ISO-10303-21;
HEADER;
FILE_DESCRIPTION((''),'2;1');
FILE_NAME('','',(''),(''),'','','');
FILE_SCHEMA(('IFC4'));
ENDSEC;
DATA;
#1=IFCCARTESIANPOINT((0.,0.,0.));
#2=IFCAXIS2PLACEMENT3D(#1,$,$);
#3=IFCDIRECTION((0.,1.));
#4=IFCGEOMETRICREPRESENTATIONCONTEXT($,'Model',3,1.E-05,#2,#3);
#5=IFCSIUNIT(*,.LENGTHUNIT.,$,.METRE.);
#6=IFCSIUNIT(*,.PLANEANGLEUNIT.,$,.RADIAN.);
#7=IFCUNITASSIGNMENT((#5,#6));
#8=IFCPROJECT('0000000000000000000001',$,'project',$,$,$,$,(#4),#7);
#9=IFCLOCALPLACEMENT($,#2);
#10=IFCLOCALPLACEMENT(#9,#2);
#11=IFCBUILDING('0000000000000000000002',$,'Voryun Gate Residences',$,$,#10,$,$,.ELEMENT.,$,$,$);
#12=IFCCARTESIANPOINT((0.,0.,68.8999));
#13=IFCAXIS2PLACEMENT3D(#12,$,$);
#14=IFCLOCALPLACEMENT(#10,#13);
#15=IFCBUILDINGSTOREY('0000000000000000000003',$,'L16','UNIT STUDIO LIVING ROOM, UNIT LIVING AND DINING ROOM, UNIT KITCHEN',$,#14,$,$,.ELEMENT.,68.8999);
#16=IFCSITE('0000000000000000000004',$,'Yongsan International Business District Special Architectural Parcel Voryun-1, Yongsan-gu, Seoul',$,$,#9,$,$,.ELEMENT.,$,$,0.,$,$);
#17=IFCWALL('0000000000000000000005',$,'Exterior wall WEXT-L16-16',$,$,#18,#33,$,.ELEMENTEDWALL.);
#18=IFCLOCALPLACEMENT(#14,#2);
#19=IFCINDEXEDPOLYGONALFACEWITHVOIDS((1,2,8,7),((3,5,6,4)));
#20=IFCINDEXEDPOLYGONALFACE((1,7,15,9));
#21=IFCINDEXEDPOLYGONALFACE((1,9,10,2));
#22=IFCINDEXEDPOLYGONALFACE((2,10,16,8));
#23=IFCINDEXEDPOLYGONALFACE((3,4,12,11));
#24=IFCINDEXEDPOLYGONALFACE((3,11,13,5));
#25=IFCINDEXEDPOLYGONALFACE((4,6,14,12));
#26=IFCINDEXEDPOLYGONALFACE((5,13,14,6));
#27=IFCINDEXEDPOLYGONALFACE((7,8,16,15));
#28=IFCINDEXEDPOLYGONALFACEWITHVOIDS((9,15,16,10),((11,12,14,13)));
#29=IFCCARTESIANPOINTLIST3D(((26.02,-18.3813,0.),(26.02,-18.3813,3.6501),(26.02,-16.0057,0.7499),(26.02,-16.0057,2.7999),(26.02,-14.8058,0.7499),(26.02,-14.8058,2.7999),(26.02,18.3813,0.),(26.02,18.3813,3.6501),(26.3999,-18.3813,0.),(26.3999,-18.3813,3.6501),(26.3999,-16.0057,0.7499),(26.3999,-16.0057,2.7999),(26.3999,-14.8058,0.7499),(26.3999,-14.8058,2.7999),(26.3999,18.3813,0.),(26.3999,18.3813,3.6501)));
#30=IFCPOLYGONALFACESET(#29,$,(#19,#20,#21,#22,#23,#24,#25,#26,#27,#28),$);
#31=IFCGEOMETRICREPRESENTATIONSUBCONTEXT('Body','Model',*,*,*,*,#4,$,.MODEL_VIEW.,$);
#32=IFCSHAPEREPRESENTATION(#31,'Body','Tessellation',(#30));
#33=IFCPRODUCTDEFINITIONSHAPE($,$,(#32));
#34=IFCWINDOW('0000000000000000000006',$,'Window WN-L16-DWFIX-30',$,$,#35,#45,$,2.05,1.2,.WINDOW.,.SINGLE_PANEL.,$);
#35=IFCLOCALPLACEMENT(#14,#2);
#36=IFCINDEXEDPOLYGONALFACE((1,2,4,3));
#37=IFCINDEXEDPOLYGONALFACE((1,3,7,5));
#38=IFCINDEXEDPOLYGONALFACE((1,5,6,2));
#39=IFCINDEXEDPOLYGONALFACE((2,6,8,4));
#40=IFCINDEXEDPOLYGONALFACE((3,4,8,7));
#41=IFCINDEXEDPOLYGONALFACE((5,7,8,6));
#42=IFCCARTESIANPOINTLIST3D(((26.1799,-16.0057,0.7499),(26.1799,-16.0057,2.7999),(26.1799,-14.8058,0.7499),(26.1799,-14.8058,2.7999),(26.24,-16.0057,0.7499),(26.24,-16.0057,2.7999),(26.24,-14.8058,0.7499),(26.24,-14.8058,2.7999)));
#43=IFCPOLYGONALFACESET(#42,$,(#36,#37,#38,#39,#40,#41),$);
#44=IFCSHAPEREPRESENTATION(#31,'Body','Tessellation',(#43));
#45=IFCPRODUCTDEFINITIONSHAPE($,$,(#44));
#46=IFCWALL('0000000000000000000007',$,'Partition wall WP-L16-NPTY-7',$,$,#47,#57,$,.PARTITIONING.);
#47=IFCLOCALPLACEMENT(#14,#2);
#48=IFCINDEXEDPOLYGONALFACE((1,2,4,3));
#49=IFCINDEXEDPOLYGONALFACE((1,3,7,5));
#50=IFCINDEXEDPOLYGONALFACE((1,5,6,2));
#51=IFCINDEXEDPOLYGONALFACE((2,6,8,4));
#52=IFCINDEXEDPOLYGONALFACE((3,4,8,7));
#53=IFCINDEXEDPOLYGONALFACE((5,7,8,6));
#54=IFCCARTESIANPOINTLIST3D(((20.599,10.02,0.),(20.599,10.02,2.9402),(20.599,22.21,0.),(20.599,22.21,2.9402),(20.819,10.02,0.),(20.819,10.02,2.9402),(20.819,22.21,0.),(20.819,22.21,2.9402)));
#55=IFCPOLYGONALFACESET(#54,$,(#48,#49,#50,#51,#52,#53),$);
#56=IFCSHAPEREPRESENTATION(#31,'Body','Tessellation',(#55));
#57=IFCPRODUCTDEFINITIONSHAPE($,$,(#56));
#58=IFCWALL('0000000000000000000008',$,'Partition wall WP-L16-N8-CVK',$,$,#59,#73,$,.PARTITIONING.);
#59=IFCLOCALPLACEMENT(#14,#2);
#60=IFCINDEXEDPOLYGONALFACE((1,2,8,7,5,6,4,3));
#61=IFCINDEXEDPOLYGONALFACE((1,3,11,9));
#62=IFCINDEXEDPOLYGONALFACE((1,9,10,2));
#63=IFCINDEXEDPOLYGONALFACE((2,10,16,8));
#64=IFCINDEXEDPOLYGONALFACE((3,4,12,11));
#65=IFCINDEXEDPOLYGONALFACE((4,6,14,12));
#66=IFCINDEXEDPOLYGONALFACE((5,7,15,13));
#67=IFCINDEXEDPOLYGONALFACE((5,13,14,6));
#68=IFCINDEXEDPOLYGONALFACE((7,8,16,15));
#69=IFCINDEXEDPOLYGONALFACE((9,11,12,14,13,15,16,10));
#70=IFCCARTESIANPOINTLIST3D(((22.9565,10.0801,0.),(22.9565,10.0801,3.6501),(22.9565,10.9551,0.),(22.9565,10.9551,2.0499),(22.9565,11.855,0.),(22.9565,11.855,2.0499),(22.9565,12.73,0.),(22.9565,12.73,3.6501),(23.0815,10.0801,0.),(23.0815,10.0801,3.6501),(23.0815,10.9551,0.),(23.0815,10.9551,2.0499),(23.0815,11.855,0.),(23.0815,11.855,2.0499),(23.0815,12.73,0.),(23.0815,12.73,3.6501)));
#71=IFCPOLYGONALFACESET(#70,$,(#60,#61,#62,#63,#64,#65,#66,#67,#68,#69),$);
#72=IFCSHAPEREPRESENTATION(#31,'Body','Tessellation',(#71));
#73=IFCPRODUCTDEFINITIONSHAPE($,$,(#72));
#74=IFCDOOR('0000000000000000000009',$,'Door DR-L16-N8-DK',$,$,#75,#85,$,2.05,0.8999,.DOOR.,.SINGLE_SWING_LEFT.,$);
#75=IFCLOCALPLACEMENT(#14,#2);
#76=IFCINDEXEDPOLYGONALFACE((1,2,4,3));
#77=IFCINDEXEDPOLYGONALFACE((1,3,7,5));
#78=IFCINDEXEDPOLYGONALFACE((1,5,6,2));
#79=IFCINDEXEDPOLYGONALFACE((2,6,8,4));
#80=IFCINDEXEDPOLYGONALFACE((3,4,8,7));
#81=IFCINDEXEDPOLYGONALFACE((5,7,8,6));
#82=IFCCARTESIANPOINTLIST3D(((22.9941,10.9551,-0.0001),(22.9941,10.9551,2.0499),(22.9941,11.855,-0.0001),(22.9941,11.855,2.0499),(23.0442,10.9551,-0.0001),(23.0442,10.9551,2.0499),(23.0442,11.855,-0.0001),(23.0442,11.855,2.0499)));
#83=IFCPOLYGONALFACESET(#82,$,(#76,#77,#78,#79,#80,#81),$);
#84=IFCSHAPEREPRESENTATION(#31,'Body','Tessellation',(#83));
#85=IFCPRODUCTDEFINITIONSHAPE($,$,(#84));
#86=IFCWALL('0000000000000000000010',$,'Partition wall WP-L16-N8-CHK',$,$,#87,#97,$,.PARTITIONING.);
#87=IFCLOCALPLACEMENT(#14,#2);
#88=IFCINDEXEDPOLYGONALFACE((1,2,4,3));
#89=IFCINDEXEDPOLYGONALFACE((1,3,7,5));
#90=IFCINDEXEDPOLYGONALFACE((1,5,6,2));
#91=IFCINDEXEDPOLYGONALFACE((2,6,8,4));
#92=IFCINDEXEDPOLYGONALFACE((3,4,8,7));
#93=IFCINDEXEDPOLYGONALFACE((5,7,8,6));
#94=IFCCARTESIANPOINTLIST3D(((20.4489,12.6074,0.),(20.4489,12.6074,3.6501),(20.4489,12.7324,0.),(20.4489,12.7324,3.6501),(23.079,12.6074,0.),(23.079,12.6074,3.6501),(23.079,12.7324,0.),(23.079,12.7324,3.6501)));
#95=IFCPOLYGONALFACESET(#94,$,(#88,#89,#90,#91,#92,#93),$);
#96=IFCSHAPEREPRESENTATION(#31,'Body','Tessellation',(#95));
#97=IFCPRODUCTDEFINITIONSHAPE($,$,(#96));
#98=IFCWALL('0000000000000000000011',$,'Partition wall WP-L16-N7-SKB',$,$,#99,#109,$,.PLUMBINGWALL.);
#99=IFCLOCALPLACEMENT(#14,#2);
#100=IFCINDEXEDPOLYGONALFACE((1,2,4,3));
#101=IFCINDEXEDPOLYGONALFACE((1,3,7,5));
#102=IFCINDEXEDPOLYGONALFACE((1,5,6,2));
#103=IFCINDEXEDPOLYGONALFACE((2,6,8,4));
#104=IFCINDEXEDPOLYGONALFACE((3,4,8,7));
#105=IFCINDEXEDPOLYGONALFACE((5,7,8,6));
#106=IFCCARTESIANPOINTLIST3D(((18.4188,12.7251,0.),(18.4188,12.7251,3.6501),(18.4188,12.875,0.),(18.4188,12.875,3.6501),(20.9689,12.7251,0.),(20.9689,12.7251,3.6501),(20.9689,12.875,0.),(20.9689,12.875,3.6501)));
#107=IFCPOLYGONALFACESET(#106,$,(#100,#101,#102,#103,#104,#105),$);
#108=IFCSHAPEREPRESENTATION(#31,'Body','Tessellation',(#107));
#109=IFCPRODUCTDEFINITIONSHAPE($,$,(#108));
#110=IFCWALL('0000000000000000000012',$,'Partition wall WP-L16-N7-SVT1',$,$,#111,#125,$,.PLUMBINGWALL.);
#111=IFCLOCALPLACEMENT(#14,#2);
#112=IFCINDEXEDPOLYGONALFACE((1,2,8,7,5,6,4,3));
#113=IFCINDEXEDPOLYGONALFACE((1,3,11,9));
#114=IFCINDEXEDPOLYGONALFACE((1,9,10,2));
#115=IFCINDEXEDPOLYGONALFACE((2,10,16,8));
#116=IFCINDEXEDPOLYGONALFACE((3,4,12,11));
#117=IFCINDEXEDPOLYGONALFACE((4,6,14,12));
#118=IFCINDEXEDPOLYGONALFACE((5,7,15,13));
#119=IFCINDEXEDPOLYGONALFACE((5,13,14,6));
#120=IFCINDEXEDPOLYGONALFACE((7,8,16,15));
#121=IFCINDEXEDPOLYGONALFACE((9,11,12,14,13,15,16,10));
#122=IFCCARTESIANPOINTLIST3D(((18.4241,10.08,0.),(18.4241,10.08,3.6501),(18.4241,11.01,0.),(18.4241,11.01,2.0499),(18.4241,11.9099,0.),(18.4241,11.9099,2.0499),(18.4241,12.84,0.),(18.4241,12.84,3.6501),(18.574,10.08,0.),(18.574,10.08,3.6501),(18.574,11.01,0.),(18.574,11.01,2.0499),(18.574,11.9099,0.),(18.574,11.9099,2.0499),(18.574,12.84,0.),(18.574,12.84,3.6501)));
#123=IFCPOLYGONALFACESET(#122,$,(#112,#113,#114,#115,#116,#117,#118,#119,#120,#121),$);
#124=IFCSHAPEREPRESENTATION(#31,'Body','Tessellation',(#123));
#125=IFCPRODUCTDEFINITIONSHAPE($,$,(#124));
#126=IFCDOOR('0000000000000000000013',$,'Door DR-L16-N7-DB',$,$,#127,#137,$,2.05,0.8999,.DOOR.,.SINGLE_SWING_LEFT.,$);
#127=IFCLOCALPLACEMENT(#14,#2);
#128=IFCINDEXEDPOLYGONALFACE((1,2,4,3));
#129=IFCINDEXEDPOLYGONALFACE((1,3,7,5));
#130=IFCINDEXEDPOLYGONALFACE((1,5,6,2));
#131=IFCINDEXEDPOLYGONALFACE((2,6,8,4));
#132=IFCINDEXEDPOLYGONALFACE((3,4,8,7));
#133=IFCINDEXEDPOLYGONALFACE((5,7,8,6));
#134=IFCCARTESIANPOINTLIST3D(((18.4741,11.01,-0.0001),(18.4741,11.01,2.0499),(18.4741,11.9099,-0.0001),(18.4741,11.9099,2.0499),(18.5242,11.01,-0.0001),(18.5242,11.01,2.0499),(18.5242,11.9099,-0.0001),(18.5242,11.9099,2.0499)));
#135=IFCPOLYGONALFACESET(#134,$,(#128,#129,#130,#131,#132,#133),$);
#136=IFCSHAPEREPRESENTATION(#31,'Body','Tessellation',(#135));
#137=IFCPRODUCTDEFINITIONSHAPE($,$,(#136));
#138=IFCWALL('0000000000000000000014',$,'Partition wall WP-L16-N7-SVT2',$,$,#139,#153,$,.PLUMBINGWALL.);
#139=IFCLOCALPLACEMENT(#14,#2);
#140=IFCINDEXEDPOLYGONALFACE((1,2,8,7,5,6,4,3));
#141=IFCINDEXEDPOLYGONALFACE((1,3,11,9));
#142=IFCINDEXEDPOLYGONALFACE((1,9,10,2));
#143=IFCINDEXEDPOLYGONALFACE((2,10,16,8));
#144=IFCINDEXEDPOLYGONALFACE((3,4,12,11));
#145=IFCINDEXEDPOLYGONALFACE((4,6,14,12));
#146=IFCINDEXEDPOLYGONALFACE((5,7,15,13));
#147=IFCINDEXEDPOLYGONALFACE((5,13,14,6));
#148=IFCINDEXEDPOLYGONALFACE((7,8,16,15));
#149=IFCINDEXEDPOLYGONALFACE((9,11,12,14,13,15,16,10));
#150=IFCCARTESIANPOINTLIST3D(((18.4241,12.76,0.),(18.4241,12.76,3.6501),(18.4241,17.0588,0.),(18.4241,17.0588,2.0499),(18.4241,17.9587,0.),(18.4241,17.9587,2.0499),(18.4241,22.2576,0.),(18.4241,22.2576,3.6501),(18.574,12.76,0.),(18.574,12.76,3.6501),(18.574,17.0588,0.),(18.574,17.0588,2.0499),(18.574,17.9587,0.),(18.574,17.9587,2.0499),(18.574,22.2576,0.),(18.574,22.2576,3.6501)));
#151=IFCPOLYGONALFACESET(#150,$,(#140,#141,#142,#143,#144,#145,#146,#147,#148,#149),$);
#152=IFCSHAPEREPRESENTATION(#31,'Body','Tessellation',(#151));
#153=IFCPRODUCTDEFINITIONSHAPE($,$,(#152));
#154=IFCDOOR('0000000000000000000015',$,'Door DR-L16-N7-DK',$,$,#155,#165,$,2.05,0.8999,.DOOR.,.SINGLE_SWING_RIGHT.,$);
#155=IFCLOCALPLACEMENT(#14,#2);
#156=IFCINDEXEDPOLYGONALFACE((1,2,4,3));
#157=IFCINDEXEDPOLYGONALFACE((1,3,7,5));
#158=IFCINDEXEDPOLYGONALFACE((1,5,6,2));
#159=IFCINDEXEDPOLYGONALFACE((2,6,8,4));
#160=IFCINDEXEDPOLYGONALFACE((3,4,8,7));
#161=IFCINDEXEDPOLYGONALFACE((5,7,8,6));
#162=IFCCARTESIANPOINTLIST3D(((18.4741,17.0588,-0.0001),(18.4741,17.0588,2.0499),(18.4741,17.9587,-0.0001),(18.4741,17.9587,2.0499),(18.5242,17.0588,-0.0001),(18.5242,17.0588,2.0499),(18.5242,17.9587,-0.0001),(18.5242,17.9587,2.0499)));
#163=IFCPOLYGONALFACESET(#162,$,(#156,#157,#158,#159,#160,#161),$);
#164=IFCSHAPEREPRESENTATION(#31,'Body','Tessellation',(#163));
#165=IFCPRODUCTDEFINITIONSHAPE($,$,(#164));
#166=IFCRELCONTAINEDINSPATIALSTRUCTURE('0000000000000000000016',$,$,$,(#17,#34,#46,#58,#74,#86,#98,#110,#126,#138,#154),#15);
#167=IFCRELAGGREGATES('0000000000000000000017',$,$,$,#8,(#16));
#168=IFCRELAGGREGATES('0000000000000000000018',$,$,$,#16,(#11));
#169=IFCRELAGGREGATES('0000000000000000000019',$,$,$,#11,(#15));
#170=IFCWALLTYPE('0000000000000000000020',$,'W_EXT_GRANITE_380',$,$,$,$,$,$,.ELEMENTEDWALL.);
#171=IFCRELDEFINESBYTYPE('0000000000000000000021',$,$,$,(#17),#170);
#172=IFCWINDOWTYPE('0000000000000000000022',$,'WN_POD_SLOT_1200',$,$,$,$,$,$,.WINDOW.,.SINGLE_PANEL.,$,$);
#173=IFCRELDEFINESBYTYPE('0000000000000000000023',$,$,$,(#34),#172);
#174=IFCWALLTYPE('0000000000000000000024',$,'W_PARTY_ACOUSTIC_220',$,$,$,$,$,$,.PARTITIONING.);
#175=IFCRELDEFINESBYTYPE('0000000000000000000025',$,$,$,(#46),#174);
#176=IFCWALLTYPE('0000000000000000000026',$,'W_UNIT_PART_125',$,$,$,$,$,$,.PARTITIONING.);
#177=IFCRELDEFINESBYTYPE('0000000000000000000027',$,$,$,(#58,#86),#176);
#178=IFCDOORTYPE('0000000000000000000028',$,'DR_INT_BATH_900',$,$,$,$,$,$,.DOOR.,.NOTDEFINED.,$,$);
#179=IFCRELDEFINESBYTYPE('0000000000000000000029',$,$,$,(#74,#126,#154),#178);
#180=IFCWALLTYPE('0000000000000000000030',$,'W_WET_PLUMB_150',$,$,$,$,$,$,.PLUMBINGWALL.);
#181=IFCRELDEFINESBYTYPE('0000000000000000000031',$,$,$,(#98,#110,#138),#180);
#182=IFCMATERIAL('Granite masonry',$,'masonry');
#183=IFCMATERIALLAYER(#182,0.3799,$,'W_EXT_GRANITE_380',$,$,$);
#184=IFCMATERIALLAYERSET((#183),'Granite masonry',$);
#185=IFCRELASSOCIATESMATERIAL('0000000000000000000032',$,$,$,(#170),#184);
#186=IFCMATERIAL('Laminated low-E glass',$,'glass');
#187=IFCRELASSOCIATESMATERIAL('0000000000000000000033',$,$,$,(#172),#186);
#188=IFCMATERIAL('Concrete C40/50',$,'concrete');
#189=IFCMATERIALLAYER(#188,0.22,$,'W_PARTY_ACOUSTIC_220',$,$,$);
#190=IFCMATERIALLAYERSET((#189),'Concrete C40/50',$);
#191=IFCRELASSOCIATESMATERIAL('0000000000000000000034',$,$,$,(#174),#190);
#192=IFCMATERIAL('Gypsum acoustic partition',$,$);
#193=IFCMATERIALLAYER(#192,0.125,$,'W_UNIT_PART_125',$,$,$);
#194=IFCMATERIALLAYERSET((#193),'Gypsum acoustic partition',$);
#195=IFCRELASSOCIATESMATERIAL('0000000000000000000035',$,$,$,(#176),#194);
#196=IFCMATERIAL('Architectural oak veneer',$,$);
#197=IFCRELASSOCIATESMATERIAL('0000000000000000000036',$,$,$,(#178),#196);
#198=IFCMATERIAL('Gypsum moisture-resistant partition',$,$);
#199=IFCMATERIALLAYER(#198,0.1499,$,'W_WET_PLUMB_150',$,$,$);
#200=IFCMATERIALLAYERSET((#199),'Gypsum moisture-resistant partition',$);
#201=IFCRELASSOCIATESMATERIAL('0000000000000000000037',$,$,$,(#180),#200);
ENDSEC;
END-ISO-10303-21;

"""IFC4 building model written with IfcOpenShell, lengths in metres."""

from ifc_helpers import new_model, si_unit, direction, frame, frame_2d, origin, place, context, subcontext, project, spatial, rectangle, extrude, material, layer, layer_set, type_object, element, fill, save


model = new_model("IFC4")

# Units and contexts
model_context = context("Model", 3, precision=1e-05, world=origin(), true_north=direction((0.0, 1.0)))
body_context = subcontext(model_context, "Body", "Model", "MODEL_VIEW")
ifc_project = project(units=[si_unit("LENGTHUNIT", "METRE"), si_unit("PLANEANGLEUNIT", "RADIAN")], contexts=[model_context])

# Site, building, storey
site_placement = place(None, origin())
site = spatial("IfcSite", under=ifc_project, at=site_placement, Name="Yongsan International Business District Special Architectural Parcel Voryun-1, Yongsan-gu, Seoul", CompositionType="ELEMENT", RefElevation=0.0)
building_placement = place(site_placement, origin())
building = spatial("IfcBuilding", under=site, at=building_placement, Name="Voryun Gate Residences", CompositionType="ELEMENT")
storey_placement = place(building_placement, frame((0.0, 0.0, 68.8999)))
storey = spatial("IfcBuildingStorey", under=building, at=storey_placement, Name="L16", Description="UNIT STUDIO LIVING ROOM, UNIT LIVING AND DINING ROOM, UNIT KITCHEN", CompositionType="ELEMENT", Elevation=68.8999)

# Shared definitions
ifc_material_1 = material(Name="Granite masonry", Category="masonry")
ifc_layer_1 = layer(ifc_material_1, 0.3799, Name="W_EXT_GRANITE_380")
ifc_layer_set_1 = layer_set([ifc_layer_1], Name="Granite masonry")
wall_type_1 = type_object("IfcWallType", Name="W_EXT_GRANITE_380", PredefinedType="ELEMENTEDWALL", material=ifc_layer_set_1)

# Wall, opening, window
wall_1_placement = place(storey_placement, frame((26.21, 18.3813, 0.0), z_axis=(0.0, 0.0, 1.0), x_axis=(0.0, -1.0, 0.0)))
wall_1 = element("IfcWall", 1, at=wall_1_placement, inside=storey, type_object=wall_type_1, Name="Exterior wall WEXT-L16-16", PredefinedType="ELEMENTEDWALL", context=body_context, shape_type="SweptSolid", body=[
    extrude(rectangle(XDim=36.7627, YDim=0.3799, at=frame_2d((18.3813, 0.0))), origin(), (0.0, 0.0, 1.0), 3.6501),
])
opening_1_placement = place(wall_1_placement, frame((33.187, 0.0, 0.75)))
opening_1 = element("IfcOpeningElement", 2, at=opening_1_placement, cuts=wall_1, PredefinedType="OPENING", context=body_context, shape_type="SweptSolid", body=[
    extrude(rectangle(XDim=1.2, YDim=2.05, at=frame_2d((0.6001, 1.0249))), frame((0.0, 0.2, 0.0), z_axis=(0.0, -1.0, 0.0), x_axis=(1.0, 0.0, 0.0)), (0.0, 0.0, 1.0), 0.3999),
])
ifc_material_2 = material(Name="Laminated low-E glass", Category="glass")
window_type = type_object("IfcWindowType", Name="WN_POD_SLOT_1200", PartitioningType="SINGLE_PANEL", PredefinedType="WINDOW", material=ifc_material_2)
window_placement = place(opening_1_placement, origin())
window = element("IfcWindow", 3, at=window_placement, inside=storey, type_object=window_type, Name="Window WN-L16-DWFIX-30", OverallHeight=2.05, OverallWidth=1.2, PartitioningType="SINGLE_PANEL", PredefinedType="WINDOW", context=body_context, shape_type="SweptSolid", body=[
    extrude(rectangle(XDim=1.2, YDim=2.05, at=frame_2d((0.6001, 1.0249))), frame((0.0, 0.03, 0.0), z_axis=(0.0, -1.0, 0.0), x_axis=(1.0, 0.0, 0.0)), (0.0, 0.0, 1.0), 0.0601),
])
fill(opening_1, window)

# Wall
ifc_material_3 = material(Name="Concrete C40/50", Category="concrete")
ifc_layer_2 = layer(ifc_material_3, 0.22, Name="W_PARTY_ACOUSTIC_220")
ifc_layer_set_2 = layer_set([ifc_layer_2], Name="Concrete C40/50")
wall_type_2 = type_object("IfcWallType", Name="W_PARTY_ACOUSTIC_220", PredefinedType="PARTITIONING", material=ifc_layer_set_2)
wall_2_placement = place(storey_placement, frame((20.709, 10.02, 0.0), z_axis=(0.0, 0.0, 1.0), x_axis=(0.0, 1.0, 0.0)))
element("IfcWall", 4, at=wall_2_placement, inside=storey, type_object=wall_type_2, Name="Partition wall WP-L16-NPTY-7", PredefinedType="PARTITIONING", context=body_context, shape_type="SweptSolid", body=[
    extrude(rectangle(XDim=12.1899, YDim=0.22, at=frame_2d((6.095, 0.0))), origin(), (0.0, 0.0, 1.0), 2.9402),
])

# Wall, opening, door
ifc_material_4 = material(Name="Gypsum acoustic partition")
ifc_layer_3 = layer(ifc_material_4, 0.125, Name="W_UNIT_PART_125")
ifc_layer_set_3 = layer_set([ifc_layer_3], Name="Gypsum acoustic partition")
wall_type_3 = type_object("IfcWallType", Name="W_UNIT_PART_125", PredefinedType="PARTITIONING", material=ifc_layer_set_3)
wall_3_placement = place(storey_placement, frame((23.019, 10.0801, 0.0), z_axis=(0.0, 0.0, 1.0), x_axis=(0.0, 1.0, 0.0)))
wall_3 = element("IfcWall", 5, at=wall_3_placement, inside=storey, type_object=wall_type_3, Name="Partition wall WP-L16-N8-CVK", PredefinedType="PARTITIONING", context=body_context, shape_type="SweptSolid", body=[
    extrude(rectangle(XDim=2.6499, YDim=0.125, at=frame_2d((1.325, 0.0))), origin(), (0.0, 0.0, 1.0), 3.6501),
])
opening_2_placement = place(wall_3_placement, frame((0.875, 0.0, 0.0)))
opening_2 = element("IfcOpeningElement", 6, at=opening_2_placement, cuts=wall_3, PredefinedType="OPENING", context=body_context, shape_type="SweptSolid", body=[
    extrude(rectangle(XDim=0.8999, YDim=2.05, at=frame_2d((0.45, 1.0249))), frame((0.0, 0.0725, 0.0), z_axis=(0.0, -1.0, 0.0), x_axis=(1.0, 0.0, 0.0)), (0.0, 0.0, 1.0), 0.145),
])
ifc_material_5 = material(Name="Architectural oak veneer")
door_type = type_object("IfcDoorType", Name="DR_INT_BATH_900", OperationType="NOTDEFINED", PredefinedType="DOOR", material=ifc_material_5)
door_1_placement = place(opening_2_placement, origin())
door_1 = element("IfcDoor", 7, at=door_1_placement, inside=storey, type_object=door_type, Name="Door DR-L16-N8-DK", OperationType="SINGLE_SWING_LEFT", OverallHeight=2.05, OverallWidth=0.8999, PredefinedType="DOOR", context=body_context, shape_type="SweptSolid", body=[
    extrude(rectangle(XDim=0.8999, YDim=2.05, at=frame_2d((0.45, 1.0249))), frame((0.0, 0.0249, 0.0), z_axis=(0.0, -1.0, 0.0), x_axis=(1.0, 0.0, 0.0)), (0.0, 0.0, 1.0), 0.05),
])
fill(opening_2, door_1)

# Walls
wall_4_placement = place(storey_placement, frame((20.449, 12.6699, 0.0), z_axis=(0.0, 0.0, 1.0), x_axis=(1.0, 0.0, 0.0)))
element("IfcWall", 8, at=wall_4_placement, inside=storey, type_object=wall_type_3, Name="Partition wall WP-L16-N8-CHK", PredefinedType="PARTITIONING", context=body_context, shape_type="SweptSolid", body=[
    extrude(rectangle(XDim=2.6301, YDim=0.125, at=frame_2d((1.3149, 0.0))), origin(), (0.0, 0.0, 1.0), 3.6501),
])
ifc_material_6 = material(Name="Gypsum moisture-resistant partition")
ifc_layer_4 = layer(ifc_material_6, 0.1499, Name="W_WET_PLUMB_150")
ifc_layer_set_4 = layer_set([ifc_layer_4], Name="Gypsum moisture-resistant partition")
wall_type_4 = type_object("IfcWallType", Name="W_WET_PLUMB_150", PredefinedType="PLUMBINGWALL", material=ifc_layer_set_4)
wall_5_placement = place(storey_placement, frame((18.4189, 12.8, 0.0), z_axis=(0.0, 0.0, 1.0), x_axis=(1.0, 0.0, 0.0)))
element("IfcWall", 9, at=wall_5_placement, inside=storey, type_object=wall_type_4, Name="Partition wall WP-L16-N7-SKB", PredefinedType="PLUMBINGWALL", context=body_context, shape_type="SweptSolid", body=[
    extrude(rectangle(XDim=2.55, YDim=0.1499, at=frame_2d((1.2749, 0.0))), origin(), (0.0, 0.0, 1.0), 3.6501),
])

# Walls, openings, doors
wall_6_placement = place(storey_placement, frame((18.499, 10.0801, 0.0), z_axis=(0.0, 0.0, 1.0), x_axis=(0.0, 1.0, 0.0)))
wall_6 = element("IfcWall", 10, at=wall_6_placement, inside=storey, type_object=wall_type_4, Name="Partition wall WP-L16-N7-SVT1", PredefinedType="PLUMBINGWALL", context=body_context, shape_type="SweptSolid", body=[
    extrude(rectangle(XDim=2.76, YDim=0.1499, at=frame_2d((1.3799, 0.0))), origin(), (0.0, 0.0, 1.0), 3.6501),
])
opening_3_placement = place(wall_6_placement, frame((0.9299, 0.0, 0.0)))
opening_3 = element("IfcOpeningElement", 11, at=opening_3_placement, cuts=wall_6, PredefinedType="OPENING", context=body_context, shape_type="SweptSolid", body=[
    extrude(rectangle(XDim=0.8999, YDim=2.05, at=frame_2d((0.45, 1.0249))), frame((0.0, 0.085, 0.0), z_axis=(0.0, -1.0, 0.0), x_axis=(1.0, 0.0, 0.0)), (0.0, 0.0, 1.0), 0.1699),
])
door_2_placement = place(opening_3_placement, origin())
door_2 = element("IfcDoor", 12, at=door_2_placement, inside=storey, type_object=door_type, Name="Door DR-L16-N7-DB", OperationType="SINGLE_SWING_LEFT", OverallHeight=2.05, OverallWidth=0.8999, PredefinedType="DOOR", context=body_context, shape_type="SweptSolid", body=[
    extrude(rectangle(XDim=0.8999, YDim=2.05, at=frame_2d((0.45, 1.0249))), frame((0.0, 0.0249, 0.0), z_axis=(0.0, -1.0, 0.0), x_axis=(1.0, 0.0, 0.0)), (0.0, 0.0, 1.0), 0.05),
])
fill(opening_3, door_2)
wall_7_placement = place(storey_placement, frame((18.499, 12.76, 0.0), z_axis=(0.0, 0.0, 1.0), x_axis=(0.0, 1.0, 0.0)))
wall_7 = element("IfcWall", 13, at=wall_7_placement, inside=storey, type_object=wall_type_4, Name="Partition wall WP-L16-N7-SVT2", PredefinedType="PLUMBINGWALL", context=body_context, shape_type="SweptSolid", body=[
    extrude(rectangle(XDim=9.4976, YDim=0.1499, at=frame_2d((4.7488, 0.0))), origin(), (0.0, 0.0, 1.0), 3.6501),
])
opening_4_placement = place(wall_7_placement, frame((4.2988, 0.0, 0.0)))
opening_4 = element("IfcOpeningElement", 14, at=opening_4_placement, cuts=wall_7, PredefinedType="OPENING", context=body_context, shape_type="SweptSolid", body=[
    extrude(rectangle(XDim=0.8999, YDim=2.05, at=frame_2d((0.45, 1.0249))), frame((0.0, 0.085, 0.0), z_axis=(0.0, -1.0, 0.0), x_axis=(1.0, 0.0, 0.0)), (0.0, 0.0, 1.0), 0.1699),
])
door_3_placement = place(opening_4_placement, origin())
door_3 = element("IfcDoor", 15, at=door_3_placement, inside=storey, type_object=door_type, Name="Door DR-L16-N7-DK", OperationType="SINGLE_SWING_RIGHT", OverallHeight=2.05, OverallWidth=0.8999, PredefinedType="DOOR", context=body_context, shape_type="SweptSolid", body=[
    extrude(rectangle(XDim=0.8999, YDim=2.05, at=frame_2d((0.45, 1.0249))), frame((0.0, 0.0249, 0.0), z_axis=(0.0, -1.0, 0.0), x_axis=(1.0, 0.0, 0.0)), (0.0, 0.0, 1.0), 0.05),
])
fill(opening_4, door_3)

save(model, "model.ifc")
